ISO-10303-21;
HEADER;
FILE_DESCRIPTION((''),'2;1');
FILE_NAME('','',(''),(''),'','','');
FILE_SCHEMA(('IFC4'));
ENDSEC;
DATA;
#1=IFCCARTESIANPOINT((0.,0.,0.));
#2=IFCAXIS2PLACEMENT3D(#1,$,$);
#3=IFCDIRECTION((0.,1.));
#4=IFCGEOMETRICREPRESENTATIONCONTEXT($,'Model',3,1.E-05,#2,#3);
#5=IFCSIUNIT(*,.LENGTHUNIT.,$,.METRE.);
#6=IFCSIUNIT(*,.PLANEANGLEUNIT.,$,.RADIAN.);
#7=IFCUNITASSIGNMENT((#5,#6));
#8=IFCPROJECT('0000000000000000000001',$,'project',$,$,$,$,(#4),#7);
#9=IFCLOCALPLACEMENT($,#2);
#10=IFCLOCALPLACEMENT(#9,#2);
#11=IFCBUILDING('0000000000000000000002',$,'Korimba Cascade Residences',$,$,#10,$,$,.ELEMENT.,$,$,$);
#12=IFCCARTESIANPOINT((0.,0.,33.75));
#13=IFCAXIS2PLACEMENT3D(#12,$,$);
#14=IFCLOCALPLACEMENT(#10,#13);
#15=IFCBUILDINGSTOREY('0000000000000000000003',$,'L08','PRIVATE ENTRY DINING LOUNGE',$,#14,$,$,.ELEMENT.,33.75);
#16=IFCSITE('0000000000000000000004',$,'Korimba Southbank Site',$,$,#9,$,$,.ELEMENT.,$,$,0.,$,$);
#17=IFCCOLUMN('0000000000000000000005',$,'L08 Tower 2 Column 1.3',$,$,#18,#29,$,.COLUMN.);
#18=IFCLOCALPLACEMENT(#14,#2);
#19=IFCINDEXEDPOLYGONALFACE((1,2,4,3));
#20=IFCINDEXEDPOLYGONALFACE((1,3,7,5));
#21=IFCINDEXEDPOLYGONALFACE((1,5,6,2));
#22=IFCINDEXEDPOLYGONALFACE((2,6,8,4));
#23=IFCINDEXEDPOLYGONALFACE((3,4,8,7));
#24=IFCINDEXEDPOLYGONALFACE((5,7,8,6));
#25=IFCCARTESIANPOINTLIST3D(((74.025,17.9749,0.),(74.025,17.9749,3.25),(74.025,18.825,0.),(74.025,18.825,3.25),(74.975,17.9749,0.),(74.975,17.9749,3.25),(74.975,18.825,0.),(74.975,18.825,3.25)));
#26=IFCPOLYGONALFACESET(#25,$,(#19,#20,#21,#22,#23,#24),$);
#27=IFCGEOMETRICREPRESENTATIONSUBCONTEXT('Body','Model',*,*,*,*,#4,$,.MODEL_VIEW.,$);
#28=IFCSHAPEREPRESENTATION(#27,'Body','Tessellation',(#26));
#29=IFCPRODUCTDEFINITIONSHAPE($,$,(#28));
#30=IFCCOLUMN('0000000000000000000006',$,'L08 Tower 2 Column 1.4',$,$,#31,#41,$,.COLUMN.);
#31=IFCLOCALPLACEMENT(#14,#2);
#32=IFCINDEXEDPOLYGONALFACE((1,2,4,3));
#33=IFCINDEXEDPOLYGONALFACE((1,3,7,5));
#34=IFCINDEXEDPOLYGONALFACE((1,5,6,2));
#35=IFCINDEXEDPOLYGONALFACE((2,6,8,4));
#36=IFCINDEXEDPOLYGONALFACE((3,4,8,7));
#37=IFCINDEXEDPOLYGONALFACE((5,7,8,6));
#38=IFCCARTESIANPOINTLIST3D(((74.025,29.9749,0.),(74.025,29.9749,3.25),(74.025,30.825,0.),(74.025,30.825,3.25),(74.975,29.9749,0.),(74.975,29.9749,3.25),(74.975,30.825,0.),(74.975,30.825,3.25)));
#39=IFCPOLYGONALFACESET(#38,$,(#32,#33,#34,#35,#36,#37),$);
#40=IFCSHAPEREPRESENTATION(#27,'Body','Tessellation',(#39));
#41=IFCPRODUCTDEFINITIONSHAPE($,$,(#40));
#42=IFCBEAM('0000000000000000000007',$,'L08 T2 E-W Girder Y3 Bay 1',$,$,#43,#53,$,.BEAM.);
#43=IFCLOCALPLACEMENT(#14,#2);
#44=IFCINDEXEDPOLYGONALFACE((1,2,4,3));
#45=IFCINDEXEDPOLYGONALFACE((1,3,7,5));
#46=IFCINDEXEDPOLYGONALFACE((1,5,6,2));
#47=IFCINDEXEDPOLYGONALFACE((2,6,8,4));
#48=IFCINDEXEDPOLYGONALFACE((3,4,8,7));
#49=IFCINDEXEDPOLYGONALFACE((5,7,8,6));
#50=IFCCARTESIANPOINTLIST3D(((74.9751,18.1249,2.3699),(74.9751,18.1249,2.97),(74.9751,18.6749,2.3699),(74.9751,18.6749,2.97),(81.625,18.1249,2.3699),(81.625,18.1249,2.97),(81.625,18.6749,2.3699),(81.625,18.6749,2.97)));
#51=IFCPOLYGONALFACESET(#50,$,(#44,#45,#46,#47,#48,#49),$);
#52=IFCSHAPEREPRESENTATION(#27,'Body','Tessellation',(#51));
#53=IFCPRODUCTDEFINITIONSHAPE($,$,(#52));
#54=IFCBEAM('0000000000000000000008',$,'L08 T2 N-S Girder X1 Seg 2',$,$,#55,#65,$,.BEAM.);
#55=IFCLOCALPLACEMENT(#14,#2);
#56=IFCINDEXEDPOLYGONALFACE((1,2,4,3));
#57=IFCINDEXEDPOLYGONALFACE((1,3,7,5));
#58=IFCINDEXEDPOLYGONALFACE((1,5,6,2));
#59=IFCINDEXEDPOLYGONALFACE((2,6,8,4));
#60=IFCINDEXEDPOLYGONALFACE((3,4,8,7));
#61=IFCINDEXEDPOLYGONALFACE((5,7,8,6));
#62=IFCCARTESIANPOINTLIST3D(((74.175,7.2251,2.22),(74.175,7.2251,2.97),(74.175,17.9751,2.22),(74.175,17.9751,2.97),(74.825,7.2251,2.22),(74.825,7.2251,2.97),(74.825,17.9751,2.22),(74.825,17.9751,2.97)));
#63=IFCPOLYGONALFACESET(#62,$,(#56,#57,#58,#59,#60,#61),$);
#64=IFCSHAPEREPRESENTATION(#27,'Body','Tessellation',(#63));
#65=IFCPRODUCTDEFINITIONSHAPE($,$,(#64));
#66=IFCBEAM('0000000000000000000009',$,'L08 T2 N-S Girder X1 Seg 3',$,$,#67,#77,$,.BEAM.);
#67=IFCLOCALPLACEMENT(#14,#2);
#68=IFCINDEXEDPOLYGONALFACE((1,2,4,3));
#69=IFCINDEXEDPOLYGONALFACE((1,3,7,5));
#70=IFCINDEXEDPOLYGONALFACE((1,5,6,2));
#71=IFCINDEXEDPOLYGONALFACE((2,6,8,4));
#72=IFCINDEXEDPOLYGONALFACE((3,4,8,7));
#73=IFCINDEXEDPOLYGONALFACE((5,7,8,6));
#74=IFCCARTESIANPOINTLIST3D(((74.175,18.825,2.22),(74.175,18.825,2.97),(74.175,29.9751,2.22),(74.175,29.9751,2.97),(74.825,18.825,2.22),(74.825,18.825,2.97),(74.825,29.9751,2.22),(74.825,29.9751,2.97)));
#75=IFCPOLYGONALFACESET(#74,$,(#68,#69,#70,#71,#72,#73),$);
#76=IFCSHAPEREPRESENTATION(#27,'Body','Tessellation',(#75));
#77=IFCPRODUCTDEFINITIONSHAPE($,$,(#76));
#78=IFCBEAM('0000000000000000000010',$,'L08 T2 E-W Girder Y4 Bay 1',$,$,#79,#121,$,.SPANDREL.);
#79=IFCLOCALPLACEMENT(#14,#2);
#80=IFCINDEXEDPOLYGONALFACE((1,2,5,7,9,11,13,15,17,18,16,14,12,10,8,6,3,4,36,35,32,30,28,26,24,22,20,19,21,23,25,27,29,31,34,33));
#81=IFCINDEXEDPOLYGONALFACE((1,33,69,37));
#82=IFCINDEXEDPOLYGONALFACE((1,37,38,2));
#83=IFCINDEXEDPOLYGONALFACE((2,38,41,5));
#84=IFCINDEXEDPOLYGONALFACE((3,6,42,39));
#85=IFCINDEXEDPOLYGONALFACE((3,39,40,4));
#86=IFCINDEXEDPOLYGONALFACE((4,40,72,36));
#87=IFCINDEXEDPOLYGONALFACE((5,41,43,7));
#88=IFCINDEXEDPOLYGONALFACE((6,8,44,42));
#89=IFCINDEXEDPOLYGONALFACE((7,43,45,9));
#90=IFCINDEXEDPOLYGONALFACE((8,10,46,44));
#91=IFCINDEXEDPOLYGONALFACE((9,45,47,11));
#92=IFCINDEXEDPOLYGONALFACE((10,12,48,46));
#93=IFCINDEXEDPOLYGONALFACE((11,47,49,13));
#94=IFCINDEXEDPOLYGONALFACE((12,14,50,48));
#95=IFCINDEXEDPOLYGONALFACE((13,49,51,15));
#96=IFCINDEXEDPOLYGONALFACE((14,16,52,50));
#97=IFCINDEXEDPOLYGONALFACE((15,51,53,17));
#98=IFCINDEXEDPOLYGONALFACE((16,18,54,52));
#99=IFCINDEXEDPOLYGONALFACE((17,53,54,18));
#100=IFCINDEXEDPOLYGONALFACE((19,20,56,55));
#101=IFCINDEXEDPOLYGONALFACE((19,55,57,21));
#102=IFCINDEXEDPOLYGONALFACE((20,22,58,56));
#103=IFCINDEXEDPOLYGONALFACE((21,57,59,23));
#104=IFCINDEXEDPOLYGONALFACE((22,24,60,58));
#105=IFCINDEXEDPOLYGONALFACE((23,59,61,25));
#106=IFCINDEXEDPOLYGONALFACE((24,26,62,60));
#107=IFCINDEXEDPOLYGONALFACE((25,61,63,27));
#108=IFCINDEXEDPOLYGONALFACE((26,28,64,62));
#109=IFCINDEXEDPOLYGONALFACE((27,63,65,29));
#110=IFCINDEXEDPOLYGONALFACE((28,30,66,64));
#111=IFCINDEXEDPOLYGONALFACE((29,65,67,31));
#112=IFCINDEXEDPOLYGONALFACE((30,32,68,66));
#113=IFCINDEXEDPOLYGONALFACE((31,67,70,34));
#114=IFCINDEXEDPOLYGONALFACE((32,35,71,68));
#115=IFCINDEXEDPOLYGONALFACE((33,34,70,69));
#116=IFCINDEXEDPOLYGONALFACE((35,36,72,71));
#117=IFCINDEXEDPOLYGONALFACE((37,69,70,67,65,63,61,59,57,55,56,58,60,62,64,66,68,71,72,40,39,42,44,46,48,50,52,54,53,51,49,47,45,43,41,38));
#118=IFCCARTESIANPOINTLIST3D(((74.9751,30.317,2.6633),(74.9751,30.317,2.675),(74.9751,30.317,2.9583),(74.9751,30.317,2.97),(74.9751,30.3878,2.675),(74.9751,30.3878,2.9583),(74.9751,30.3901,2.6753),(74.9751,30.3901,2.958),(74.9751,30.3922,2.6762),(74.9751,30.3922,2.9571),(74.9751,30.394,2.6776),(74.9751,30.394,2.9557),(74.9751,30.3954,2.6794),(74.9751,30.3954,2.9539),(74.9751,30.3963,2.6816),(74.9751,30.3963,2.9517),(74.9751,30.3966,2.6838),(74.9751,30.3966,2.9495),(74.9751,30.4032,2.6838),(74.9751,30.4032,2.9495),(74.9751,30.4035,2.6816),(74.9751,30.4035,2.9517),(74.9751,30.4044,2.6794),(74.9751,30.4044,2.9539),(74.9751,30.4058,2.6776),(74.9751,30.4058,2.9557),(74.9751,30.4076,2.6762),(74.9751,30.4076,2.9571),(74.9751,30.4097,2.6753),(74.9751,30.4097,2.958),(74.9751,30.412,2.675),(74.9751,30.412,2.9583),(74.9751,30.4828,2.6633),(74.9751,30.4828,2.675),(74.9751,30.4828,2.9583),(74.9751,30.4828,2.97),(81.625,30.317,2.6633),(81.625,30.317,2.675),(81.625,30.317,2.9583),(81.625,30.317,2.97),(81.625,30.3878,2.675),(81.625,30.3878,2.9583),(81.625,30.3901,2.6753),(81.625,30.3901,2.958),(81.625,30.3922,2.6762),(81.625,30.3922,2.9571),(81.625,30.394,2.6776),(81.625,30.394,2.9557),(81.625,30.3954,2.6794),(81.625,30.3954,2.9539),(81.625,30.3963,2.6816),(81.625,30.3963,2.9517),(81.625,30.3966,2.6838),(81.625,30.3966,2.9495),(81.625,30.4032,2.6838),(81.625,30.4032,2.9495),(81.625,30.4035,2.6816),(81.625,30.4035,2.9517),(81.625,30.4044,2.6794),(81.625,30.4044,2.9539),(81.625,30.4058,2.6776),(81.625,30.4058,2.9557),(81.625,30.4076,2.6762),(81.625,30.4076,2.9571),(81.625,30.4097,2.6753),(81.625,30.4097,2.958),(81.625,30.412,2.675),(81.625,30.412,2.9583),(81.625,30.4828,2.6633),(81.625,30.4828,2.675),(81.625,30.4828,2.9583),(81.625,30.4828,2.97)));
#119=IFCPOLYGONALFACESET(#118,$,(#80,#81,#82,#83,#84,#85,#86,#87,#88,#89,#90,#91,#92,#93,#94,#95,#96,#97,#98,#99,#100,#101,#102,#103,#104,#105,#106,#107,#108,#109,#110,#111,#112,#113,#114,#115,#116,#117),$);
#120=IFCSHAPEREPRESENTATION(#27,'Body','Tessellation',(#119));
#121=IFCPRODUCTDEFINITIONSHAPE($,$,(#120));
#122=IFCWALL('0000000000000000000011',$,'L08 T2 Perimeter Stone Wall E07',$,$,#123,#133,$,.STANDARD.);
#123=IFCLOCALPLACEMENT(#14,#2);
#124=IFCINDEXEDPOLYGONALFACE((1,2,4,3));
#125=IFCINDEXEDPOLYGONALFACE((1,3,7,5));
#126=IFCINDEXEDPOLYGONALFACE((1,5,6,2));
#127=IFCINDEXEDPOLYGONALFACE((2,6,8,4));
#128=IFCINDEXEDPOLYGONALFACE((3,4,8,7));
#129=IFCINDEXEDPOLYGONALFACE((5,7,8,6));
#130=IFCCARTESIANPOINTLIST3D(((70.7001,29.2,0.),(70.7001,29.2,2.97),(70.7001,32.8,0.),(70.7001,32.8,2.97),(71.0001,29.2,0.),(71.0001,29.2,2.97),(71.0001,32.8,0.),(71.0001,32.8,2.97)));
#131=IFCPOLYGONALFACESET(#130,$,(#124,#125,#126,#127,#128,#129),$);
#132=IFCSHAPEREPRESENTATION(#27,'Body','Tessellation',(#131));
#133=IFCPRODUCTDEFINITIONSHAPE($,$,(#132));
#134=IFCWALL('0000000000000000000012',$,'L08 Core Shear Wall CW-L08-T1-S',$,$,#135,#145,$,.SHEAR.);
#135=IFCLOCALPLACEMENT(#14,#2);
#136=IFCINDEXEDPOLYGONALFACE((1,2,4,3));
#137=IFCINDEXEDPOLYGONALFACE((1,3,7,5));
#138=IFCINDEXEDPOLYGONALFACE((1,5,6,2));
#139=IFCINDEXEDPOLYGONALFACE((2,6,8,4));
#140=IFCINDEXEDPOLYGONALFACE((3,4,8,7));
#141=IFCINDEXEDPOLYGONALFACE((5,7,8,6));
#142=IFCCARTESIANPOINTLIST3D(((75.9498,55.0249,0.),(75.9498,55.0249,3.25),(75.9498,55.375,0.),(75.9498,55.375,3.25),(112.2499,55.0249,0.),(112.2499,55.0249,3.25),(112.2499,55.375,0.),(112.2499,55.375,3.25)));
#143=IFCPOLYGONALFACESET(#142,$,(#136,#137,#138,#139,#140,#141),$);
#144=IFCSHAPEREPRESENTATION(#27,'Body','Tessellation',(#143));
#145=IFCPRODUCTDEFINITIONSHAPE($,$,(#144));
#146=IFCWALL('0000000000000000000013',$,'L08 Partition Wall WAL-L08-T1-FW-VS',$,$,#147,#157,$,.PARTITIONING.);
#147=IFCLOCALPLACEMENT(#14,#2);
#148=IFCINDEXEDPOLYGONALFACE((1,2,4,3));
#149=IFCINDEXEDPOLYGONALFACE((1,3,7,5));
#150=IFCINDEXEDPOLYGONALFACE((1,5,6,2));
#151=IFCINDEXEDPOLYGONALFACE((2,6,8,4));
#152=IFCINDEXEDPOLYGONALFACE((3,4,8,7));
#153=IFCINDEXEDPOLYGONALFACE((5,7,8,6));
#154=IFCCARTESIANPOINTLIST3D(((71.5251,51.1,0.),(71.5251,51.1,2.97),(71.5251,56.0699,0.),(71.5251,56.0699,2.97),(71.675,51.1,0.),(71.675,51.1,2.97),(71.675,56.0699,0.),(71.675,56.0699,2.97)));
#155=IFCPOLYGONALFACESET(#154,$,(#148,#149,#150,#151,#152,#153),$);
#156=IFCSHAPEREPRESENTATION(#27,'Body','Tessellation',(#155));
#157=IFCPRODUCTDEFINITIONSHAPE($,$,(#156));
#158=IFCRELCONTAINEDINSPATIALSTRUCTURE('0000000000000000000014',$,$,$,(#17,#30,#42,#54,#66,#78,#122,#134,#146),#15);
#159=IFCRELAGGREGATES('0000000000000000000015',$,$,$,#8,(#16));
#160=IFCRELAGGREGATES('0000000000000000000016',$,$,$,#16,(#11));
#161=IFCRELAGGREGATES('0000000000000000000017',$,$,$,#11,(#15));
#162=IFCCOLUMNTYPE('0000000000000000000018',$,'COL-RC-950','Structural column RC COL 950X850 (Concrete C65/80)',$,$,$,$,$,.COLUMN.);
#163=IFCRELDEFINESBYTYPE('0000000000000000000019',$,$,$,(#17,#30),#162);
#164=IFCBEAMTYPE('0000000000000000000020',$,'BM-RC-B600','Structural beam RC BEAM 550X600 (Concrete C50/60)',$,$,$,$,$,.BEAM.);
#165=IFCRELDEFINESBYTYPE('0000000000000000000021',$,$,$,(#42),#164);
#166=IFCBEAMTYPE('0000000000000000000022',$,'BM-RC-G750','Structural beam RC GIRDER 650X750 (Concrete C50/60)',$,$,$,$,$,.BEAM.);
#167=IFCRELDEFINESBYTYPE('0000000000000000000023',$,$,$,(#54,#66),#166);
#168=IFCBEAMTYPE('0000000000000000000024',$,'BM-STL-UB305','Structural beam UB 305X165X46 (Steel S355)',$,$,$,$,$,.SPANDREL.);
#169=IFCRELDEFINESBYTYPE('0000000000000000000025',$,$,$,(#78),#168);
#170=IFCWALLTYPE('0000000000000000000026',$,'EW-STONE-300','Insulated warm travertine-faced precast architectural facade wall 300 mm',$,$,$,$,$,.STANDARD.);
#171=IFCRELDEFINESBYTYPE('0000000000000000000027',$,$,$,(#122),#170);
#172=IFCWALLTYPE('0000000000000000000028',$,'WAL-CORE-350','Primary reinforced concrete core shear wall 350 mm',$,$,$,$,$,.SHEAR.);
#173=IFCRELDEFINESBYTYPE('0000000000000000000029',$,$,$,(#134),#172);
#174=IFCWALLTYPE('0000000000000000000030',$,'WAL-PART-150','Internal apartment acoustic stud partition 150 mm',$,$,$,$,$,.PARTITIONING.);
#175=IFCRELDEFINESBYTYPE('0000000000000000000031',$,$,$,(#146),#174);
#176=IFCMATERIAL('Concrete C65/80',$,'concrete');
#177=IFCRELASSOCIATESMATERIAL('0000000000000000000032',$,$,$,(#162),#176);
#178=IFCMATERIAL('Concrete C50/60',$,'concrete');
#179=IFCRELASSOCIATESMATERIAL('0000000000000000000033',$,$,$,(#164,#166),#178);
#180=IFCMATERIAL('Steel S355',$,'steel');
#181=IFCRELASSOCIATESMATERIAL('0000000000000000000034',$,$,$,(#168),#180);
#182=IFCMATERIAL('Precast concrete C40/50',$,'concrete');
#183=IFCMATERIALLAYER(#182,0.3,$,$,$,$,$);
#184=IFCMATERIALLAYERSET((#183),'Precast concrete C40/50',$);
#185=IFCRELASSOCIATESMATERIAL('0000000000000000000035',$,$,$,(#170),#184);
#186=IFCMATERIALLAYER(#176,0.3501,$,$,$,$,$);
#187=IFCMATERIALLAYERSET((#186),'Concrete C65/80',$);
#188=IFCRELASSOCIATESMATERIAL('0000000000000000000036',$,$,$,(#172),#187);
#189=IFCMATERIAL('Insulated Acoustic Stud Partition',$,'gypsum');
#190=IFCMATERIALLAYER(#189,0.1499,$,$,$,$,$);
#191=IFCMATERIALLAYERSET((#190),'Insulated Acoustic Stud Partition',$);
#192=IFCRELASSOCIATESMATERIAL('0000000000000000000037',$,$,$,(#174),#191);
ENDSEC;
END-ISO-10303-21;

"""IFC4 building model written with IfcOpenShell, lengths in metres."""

from ifc_helpers import new_model, si_unit, direction, frame, frame_2d, origin, origin_2d, place, context, subcontext, project, spatial, rectangle, i_section, extrude, material, layer, layer_set, material_profile, profile_set, type_object, element, save


model = new_model("IFC4")

# Units and contexts
model_context = context("Model", 3, precision=1e-05, world=origin(), true_north=direction((0.0, 1.0)))
body_context = subcontext(model_context, "Body", "Model", "MODEL_VIEW")
ifc_project = project(units=[si_unit("LENGTHUNIT", "METRE"), si_unit("PLANEANGLEUNIT", "RADIAN")], contexts=[model_context])

# Site, building, storey
site_placement = place(None, origin())
site = spatial("IfcSite", under=ifc_project, at=site_placement, Name="Korimba Southbank Site", CompositionType="ELEMENT", RefElevation=0.0)
building_placement = place(site_placement, origin())
building = spatial("IfcBuilding", under=site, at=building_placement, Name="Korimba Cascade Residences", CompositionType="ELEMENT")
storey_placement = place(building_placement, frame((0.0, 0.0, 33.75)))
storey = spatial("IfcBuildingStorey", under=building, at=storey_placement, Name="L08", Description="PRIVATE ENTRY DINING LOUNGE", CompositionType="ELEMENT", Elevation=33.75)

# Columns
ifc_material_1 = material(Name="Concrete C65/80", Category="concrete")
ifc_material_profile_1 = material_profile(ifc_material_1, rectangle(XDim=0.95, YDim=0.8501, at=origin_2d()), Name="Concrete C65/80")
ifc_profile_set_1 = profile_set([ifc_material_profile_1], Name="Concrete C65/80")
column_type = type_object("IfcColumnType", Name="COL-RC-950", Description="Structural column RC COL 950X850 (Concrete C65/80)", PredefinedType="COLUMN", material=ifc_profile_set_1)
for number, where, z_axis, x_axis, name in (
    (1, (74.5, 18.3999, 0.0), (0.0, 0.0, 1.0), (1.0, 0.0, 0.0), "L08 Tower 2 Column 1.3"),
    (2, (74.5, 30.3999, 0.0), (0.0, 0.0, 1.0), (1.0, 0.0, 0.0), "L08 Tower 2 Column 1.4"),
):
    element("IfcColumn", number, at=place(storey_placement, frame(where, z_axis=z_axis, x_axis=x_axis)), inside=storey, type_object=column_type, Name=name, PredefinedType="COLUMN", context=body_context, shape_type="SweptSolid", body=[
        extrude(rectangle(XDim=0.95, YDim=0.8501, at=origin_2d()), origin(), (0.0, 0.0, 1.0), 3.25),
    ])

# Beams
ifc_material_2 = material(Name="Concrete C50/60", Category="concrete")
ifc_material_profile_2 = material_profile(ifc_material_2, rectangle(XDim=0.55, YDim=0.6001, at=origin_2d()), Name="Concrete C50/60")
ifc_profile_set_2 = profile_set([ifc_material_profile_2], Name="Concrete C50/60")
beam_type_1 = type_object("IfcBeamType", Name="BM-RC-B600", Description="Structural beam RC BEAM 550X600 (Concrete C50/60)", PredefinedType="BEAM", material=ifc_profile_set_2)
beam_1_placement = place(storey_placement, frame((74.9751, 18.3999, 2.6699), z_axis=(1.0, 0.0, 0.0), x_axis=(0.0, 1.0, 0.0)))
element("IfcBeam", 3, at=beam_1_placement, inside=storey, type_object=beam_type_1, Name="L08 T2 E-W Girder Y3 Bay 1", PredefinedType="BEAM", context=body_context, shape_type="SweptSolid", body=[
    extrude(rectangle(XDim=0.55, YDim=0.6001, at=origin_2d()), origin(), (0.0, 0.0, 1.0), 6.6499),
])
ifc_material_profile_3 = material_profile(ifc_material_2, rectangle(XDim=0.6499, YDim=0.75, at=origin_2d()), Name="Concrete C50/60")
ifc_profile_set_3 = profile_set([ifc_material_profile_3], Name="Concrete C50/60")
beam_type_2 = type_object("IfcBeamType", Name="BM-RC-G750", Description="Structural beam RC GIRDER 650X750 (Concrete C50/60)", PredefinedType="BEAM", material=ifc_profile_set_3)
beam_2_placement = place(storey_placement, frame((74.5, 7.2251, 2.595), z_axis=(0.0, 1.0, 0.0), x_axis=(-1.0, 0.0, 0.0)))
element("IfcBeam", 4, at=beam_2_placement, inside=storey, type_object=beam_type_2, Name="L08 T2 N-S Girder X1 Seg 2", PredefinedType="BEAM", context=body_context, shape_type="SweptSolid", body=[
    extrude(rectangle(XDim=0.6499, YDim=0.75, at=origin_2d()), origin(), (0.0, 0.0, 1.0), 10.75),
])
beam_3_placement = place(storey_placement, frame((74.5, 18.825, 2.595), z_axis=(0.0, 1.0, 0.0), x_axis=(-1.0, 0.0, 0.0)))
element("IfcBeam", 5, at=beam_3_placement, inside=storey, type_object=beam_type_2, Name="L08 T2 N-S Girder X1 Seg 3", PredefinedType="BEAM", context=body_context, shape_type="SweptSolid", body=[
    extrude(rectangle(XDim=0.6499, YDim=0.75, at=origin_2d()), origin(), (0.0, 0.0, 1.0), 11.1501),
])
ifc_material_3 = material(Name="Steel S355", Category="steel")
ifc_material_profile_4 = material_profile(ifc_material_3, i_section(OverallWidth=0.1658, OverallDepth=0.3066, WebThickness=0.0066, FlangeThickness=0.0117, FilletRadius=0.0088, at=origin_2d()), Name="Steel S355")
ifc_profile_set_4 = profile_set([ifc_material_profile_4], Name="Steel S355")
beam_type_3 = type_object("IfcBeamType", Name="BM-STL-UB305", Description="Structural beam UB 305X165X46 (Steel S355)", PredefinedType="SPANDREL", material=ifc_profile_set_4)
beam_4_placement = place(storey_placement, frame((74.9751, 30.3999, 2.8167), z_axis=(1.0, 0.0, 0.0), x_axis=(0.0, 1.0, 0.0)))
element("IfcBeam", 6, at=beam_4_placement, inside=storey, type_object=beam_type_3, Name="L08 T2 E-W Girder Y4 Bay 1", PredefinedType="SPANDREL", context=body_context, shape_type="SweptSolid", body=[
    extrude(i_section(OverallWidth=0.1658, OverallDepth=0.3066, WebThickness=0.0066, FlangeThickness=0.0117, FilletRadius=0.0088, at=origin_2d()), origin(), (0.0, 0.0, 1.0), 6.6499),
])

# Walls
ifc_material_4 = material(Name="Precast concrete C40/50", Category="concrete")
ifc_layer_1 = layer(ifc_material_4, 0.3)
ifc_layer_set_1 = layer_set([ifc_layer_1], Name="Precast concrete C40/50")
wall_type_1 = type_object("IfcWallType", Name="EW-STONE-300", Description="Insulated warm travertine-faced precast architectural facade wall 300 mm", PredefinedType="STANDARD", material=ifc_layer_set_1)
wall_1_placement = place(storey_placement, frame((70.8501, 32.8, 0.0), z_axis=(0.0, 0.0, 1.0), x_axis=(0.0, -1.0, 0.0)))
element("IfcWall", 7, at=wall_1_placement, inside=storey, type_object=wall_type_1, Name="L08 T2 Perimeter Stone Wall E07", PredefinedType="STANDARD", context=body_context, shape_type="SweptSolid", body=[
    extrude(rectangle(XDim=3.6001, YDim=0.3, at=frame_2d((1.8, 0.0))), origin(), (0.0, 0.0, 1.0), 2.97),
])
ifc_layer_2 = layer(ifc_material_1, 0.3501)
ifc_layer_set_2 = layer_set([ifc_layer_2], Name="Concrete C65/80")
wall_type_2 = type_object("IfcWallType", Name="WAL-CORE-350", Description="Primary reinforced concrete core shear wall 350 mm", PredefinedType="SHEAR", material=ifc_layer_set_2)
wall_2_placement = place(storey_placement, frame((75.95, 55.2, 0.0), z_axis=(0.0, 0.0, 1.0), x_axis=(1.0, 0.0, 0.0)))
element("IfcWall", 8, at=wall_2_placement, inside=storey, type_object=wall_type_2, Name="L08 Core Shear Wall CW-L08-T1-S", PredefinedType="SHEAR", context=body_context, shape_type="SweptSolid", body=[
    extrude(rectangle(XDim=36.3, YDim=0.3501, at=frame_2d((18.1499, 0.0))), origin(), (0.0, 0.0, 1.0), 3.25),
])
ifc_material_5 = material(Name="Insulated Acoustic Stud Partition", Category="gypsum")
ifc_layer_3 = layer(ifc_material_5, 0.1499)
ifc_layer_set_3 = layer_set([ifc_layer_3], Name="Insulated Acoustic Stud Partition")
wall_type_3 = type_object("IfcWallType", Name="WAL-PART-150", Description="Internal apartment acoustic stud partition 150 mm", PredefinedType="PARTITIONING", material=ifc_layer_set_3)
wall_3_placement = place(storey_placement, frame((71.6001, 51.1001, 0.0), z_axis=(0.0, 0.0, 1.0), x_axis=(0.0, 1.0, 0.0)))
element("IfcWall", 9, at=wall_3_placement, inside=storey, type_object=wall_type_3, Name="L08 Partition Wall WAL-L08-T1-FW-VS", PredefinedType="PARTITIONING", context=body_context, shape_type="SweptSolid", body=[
    extrude(rectangle(XDim=4.97, YDim=0.1499, at=frame_2d((2.4849, 0.0))), origin(), (0.0, 0.0, 1.0), 2.97),
])

save(model, "model.ifc")
